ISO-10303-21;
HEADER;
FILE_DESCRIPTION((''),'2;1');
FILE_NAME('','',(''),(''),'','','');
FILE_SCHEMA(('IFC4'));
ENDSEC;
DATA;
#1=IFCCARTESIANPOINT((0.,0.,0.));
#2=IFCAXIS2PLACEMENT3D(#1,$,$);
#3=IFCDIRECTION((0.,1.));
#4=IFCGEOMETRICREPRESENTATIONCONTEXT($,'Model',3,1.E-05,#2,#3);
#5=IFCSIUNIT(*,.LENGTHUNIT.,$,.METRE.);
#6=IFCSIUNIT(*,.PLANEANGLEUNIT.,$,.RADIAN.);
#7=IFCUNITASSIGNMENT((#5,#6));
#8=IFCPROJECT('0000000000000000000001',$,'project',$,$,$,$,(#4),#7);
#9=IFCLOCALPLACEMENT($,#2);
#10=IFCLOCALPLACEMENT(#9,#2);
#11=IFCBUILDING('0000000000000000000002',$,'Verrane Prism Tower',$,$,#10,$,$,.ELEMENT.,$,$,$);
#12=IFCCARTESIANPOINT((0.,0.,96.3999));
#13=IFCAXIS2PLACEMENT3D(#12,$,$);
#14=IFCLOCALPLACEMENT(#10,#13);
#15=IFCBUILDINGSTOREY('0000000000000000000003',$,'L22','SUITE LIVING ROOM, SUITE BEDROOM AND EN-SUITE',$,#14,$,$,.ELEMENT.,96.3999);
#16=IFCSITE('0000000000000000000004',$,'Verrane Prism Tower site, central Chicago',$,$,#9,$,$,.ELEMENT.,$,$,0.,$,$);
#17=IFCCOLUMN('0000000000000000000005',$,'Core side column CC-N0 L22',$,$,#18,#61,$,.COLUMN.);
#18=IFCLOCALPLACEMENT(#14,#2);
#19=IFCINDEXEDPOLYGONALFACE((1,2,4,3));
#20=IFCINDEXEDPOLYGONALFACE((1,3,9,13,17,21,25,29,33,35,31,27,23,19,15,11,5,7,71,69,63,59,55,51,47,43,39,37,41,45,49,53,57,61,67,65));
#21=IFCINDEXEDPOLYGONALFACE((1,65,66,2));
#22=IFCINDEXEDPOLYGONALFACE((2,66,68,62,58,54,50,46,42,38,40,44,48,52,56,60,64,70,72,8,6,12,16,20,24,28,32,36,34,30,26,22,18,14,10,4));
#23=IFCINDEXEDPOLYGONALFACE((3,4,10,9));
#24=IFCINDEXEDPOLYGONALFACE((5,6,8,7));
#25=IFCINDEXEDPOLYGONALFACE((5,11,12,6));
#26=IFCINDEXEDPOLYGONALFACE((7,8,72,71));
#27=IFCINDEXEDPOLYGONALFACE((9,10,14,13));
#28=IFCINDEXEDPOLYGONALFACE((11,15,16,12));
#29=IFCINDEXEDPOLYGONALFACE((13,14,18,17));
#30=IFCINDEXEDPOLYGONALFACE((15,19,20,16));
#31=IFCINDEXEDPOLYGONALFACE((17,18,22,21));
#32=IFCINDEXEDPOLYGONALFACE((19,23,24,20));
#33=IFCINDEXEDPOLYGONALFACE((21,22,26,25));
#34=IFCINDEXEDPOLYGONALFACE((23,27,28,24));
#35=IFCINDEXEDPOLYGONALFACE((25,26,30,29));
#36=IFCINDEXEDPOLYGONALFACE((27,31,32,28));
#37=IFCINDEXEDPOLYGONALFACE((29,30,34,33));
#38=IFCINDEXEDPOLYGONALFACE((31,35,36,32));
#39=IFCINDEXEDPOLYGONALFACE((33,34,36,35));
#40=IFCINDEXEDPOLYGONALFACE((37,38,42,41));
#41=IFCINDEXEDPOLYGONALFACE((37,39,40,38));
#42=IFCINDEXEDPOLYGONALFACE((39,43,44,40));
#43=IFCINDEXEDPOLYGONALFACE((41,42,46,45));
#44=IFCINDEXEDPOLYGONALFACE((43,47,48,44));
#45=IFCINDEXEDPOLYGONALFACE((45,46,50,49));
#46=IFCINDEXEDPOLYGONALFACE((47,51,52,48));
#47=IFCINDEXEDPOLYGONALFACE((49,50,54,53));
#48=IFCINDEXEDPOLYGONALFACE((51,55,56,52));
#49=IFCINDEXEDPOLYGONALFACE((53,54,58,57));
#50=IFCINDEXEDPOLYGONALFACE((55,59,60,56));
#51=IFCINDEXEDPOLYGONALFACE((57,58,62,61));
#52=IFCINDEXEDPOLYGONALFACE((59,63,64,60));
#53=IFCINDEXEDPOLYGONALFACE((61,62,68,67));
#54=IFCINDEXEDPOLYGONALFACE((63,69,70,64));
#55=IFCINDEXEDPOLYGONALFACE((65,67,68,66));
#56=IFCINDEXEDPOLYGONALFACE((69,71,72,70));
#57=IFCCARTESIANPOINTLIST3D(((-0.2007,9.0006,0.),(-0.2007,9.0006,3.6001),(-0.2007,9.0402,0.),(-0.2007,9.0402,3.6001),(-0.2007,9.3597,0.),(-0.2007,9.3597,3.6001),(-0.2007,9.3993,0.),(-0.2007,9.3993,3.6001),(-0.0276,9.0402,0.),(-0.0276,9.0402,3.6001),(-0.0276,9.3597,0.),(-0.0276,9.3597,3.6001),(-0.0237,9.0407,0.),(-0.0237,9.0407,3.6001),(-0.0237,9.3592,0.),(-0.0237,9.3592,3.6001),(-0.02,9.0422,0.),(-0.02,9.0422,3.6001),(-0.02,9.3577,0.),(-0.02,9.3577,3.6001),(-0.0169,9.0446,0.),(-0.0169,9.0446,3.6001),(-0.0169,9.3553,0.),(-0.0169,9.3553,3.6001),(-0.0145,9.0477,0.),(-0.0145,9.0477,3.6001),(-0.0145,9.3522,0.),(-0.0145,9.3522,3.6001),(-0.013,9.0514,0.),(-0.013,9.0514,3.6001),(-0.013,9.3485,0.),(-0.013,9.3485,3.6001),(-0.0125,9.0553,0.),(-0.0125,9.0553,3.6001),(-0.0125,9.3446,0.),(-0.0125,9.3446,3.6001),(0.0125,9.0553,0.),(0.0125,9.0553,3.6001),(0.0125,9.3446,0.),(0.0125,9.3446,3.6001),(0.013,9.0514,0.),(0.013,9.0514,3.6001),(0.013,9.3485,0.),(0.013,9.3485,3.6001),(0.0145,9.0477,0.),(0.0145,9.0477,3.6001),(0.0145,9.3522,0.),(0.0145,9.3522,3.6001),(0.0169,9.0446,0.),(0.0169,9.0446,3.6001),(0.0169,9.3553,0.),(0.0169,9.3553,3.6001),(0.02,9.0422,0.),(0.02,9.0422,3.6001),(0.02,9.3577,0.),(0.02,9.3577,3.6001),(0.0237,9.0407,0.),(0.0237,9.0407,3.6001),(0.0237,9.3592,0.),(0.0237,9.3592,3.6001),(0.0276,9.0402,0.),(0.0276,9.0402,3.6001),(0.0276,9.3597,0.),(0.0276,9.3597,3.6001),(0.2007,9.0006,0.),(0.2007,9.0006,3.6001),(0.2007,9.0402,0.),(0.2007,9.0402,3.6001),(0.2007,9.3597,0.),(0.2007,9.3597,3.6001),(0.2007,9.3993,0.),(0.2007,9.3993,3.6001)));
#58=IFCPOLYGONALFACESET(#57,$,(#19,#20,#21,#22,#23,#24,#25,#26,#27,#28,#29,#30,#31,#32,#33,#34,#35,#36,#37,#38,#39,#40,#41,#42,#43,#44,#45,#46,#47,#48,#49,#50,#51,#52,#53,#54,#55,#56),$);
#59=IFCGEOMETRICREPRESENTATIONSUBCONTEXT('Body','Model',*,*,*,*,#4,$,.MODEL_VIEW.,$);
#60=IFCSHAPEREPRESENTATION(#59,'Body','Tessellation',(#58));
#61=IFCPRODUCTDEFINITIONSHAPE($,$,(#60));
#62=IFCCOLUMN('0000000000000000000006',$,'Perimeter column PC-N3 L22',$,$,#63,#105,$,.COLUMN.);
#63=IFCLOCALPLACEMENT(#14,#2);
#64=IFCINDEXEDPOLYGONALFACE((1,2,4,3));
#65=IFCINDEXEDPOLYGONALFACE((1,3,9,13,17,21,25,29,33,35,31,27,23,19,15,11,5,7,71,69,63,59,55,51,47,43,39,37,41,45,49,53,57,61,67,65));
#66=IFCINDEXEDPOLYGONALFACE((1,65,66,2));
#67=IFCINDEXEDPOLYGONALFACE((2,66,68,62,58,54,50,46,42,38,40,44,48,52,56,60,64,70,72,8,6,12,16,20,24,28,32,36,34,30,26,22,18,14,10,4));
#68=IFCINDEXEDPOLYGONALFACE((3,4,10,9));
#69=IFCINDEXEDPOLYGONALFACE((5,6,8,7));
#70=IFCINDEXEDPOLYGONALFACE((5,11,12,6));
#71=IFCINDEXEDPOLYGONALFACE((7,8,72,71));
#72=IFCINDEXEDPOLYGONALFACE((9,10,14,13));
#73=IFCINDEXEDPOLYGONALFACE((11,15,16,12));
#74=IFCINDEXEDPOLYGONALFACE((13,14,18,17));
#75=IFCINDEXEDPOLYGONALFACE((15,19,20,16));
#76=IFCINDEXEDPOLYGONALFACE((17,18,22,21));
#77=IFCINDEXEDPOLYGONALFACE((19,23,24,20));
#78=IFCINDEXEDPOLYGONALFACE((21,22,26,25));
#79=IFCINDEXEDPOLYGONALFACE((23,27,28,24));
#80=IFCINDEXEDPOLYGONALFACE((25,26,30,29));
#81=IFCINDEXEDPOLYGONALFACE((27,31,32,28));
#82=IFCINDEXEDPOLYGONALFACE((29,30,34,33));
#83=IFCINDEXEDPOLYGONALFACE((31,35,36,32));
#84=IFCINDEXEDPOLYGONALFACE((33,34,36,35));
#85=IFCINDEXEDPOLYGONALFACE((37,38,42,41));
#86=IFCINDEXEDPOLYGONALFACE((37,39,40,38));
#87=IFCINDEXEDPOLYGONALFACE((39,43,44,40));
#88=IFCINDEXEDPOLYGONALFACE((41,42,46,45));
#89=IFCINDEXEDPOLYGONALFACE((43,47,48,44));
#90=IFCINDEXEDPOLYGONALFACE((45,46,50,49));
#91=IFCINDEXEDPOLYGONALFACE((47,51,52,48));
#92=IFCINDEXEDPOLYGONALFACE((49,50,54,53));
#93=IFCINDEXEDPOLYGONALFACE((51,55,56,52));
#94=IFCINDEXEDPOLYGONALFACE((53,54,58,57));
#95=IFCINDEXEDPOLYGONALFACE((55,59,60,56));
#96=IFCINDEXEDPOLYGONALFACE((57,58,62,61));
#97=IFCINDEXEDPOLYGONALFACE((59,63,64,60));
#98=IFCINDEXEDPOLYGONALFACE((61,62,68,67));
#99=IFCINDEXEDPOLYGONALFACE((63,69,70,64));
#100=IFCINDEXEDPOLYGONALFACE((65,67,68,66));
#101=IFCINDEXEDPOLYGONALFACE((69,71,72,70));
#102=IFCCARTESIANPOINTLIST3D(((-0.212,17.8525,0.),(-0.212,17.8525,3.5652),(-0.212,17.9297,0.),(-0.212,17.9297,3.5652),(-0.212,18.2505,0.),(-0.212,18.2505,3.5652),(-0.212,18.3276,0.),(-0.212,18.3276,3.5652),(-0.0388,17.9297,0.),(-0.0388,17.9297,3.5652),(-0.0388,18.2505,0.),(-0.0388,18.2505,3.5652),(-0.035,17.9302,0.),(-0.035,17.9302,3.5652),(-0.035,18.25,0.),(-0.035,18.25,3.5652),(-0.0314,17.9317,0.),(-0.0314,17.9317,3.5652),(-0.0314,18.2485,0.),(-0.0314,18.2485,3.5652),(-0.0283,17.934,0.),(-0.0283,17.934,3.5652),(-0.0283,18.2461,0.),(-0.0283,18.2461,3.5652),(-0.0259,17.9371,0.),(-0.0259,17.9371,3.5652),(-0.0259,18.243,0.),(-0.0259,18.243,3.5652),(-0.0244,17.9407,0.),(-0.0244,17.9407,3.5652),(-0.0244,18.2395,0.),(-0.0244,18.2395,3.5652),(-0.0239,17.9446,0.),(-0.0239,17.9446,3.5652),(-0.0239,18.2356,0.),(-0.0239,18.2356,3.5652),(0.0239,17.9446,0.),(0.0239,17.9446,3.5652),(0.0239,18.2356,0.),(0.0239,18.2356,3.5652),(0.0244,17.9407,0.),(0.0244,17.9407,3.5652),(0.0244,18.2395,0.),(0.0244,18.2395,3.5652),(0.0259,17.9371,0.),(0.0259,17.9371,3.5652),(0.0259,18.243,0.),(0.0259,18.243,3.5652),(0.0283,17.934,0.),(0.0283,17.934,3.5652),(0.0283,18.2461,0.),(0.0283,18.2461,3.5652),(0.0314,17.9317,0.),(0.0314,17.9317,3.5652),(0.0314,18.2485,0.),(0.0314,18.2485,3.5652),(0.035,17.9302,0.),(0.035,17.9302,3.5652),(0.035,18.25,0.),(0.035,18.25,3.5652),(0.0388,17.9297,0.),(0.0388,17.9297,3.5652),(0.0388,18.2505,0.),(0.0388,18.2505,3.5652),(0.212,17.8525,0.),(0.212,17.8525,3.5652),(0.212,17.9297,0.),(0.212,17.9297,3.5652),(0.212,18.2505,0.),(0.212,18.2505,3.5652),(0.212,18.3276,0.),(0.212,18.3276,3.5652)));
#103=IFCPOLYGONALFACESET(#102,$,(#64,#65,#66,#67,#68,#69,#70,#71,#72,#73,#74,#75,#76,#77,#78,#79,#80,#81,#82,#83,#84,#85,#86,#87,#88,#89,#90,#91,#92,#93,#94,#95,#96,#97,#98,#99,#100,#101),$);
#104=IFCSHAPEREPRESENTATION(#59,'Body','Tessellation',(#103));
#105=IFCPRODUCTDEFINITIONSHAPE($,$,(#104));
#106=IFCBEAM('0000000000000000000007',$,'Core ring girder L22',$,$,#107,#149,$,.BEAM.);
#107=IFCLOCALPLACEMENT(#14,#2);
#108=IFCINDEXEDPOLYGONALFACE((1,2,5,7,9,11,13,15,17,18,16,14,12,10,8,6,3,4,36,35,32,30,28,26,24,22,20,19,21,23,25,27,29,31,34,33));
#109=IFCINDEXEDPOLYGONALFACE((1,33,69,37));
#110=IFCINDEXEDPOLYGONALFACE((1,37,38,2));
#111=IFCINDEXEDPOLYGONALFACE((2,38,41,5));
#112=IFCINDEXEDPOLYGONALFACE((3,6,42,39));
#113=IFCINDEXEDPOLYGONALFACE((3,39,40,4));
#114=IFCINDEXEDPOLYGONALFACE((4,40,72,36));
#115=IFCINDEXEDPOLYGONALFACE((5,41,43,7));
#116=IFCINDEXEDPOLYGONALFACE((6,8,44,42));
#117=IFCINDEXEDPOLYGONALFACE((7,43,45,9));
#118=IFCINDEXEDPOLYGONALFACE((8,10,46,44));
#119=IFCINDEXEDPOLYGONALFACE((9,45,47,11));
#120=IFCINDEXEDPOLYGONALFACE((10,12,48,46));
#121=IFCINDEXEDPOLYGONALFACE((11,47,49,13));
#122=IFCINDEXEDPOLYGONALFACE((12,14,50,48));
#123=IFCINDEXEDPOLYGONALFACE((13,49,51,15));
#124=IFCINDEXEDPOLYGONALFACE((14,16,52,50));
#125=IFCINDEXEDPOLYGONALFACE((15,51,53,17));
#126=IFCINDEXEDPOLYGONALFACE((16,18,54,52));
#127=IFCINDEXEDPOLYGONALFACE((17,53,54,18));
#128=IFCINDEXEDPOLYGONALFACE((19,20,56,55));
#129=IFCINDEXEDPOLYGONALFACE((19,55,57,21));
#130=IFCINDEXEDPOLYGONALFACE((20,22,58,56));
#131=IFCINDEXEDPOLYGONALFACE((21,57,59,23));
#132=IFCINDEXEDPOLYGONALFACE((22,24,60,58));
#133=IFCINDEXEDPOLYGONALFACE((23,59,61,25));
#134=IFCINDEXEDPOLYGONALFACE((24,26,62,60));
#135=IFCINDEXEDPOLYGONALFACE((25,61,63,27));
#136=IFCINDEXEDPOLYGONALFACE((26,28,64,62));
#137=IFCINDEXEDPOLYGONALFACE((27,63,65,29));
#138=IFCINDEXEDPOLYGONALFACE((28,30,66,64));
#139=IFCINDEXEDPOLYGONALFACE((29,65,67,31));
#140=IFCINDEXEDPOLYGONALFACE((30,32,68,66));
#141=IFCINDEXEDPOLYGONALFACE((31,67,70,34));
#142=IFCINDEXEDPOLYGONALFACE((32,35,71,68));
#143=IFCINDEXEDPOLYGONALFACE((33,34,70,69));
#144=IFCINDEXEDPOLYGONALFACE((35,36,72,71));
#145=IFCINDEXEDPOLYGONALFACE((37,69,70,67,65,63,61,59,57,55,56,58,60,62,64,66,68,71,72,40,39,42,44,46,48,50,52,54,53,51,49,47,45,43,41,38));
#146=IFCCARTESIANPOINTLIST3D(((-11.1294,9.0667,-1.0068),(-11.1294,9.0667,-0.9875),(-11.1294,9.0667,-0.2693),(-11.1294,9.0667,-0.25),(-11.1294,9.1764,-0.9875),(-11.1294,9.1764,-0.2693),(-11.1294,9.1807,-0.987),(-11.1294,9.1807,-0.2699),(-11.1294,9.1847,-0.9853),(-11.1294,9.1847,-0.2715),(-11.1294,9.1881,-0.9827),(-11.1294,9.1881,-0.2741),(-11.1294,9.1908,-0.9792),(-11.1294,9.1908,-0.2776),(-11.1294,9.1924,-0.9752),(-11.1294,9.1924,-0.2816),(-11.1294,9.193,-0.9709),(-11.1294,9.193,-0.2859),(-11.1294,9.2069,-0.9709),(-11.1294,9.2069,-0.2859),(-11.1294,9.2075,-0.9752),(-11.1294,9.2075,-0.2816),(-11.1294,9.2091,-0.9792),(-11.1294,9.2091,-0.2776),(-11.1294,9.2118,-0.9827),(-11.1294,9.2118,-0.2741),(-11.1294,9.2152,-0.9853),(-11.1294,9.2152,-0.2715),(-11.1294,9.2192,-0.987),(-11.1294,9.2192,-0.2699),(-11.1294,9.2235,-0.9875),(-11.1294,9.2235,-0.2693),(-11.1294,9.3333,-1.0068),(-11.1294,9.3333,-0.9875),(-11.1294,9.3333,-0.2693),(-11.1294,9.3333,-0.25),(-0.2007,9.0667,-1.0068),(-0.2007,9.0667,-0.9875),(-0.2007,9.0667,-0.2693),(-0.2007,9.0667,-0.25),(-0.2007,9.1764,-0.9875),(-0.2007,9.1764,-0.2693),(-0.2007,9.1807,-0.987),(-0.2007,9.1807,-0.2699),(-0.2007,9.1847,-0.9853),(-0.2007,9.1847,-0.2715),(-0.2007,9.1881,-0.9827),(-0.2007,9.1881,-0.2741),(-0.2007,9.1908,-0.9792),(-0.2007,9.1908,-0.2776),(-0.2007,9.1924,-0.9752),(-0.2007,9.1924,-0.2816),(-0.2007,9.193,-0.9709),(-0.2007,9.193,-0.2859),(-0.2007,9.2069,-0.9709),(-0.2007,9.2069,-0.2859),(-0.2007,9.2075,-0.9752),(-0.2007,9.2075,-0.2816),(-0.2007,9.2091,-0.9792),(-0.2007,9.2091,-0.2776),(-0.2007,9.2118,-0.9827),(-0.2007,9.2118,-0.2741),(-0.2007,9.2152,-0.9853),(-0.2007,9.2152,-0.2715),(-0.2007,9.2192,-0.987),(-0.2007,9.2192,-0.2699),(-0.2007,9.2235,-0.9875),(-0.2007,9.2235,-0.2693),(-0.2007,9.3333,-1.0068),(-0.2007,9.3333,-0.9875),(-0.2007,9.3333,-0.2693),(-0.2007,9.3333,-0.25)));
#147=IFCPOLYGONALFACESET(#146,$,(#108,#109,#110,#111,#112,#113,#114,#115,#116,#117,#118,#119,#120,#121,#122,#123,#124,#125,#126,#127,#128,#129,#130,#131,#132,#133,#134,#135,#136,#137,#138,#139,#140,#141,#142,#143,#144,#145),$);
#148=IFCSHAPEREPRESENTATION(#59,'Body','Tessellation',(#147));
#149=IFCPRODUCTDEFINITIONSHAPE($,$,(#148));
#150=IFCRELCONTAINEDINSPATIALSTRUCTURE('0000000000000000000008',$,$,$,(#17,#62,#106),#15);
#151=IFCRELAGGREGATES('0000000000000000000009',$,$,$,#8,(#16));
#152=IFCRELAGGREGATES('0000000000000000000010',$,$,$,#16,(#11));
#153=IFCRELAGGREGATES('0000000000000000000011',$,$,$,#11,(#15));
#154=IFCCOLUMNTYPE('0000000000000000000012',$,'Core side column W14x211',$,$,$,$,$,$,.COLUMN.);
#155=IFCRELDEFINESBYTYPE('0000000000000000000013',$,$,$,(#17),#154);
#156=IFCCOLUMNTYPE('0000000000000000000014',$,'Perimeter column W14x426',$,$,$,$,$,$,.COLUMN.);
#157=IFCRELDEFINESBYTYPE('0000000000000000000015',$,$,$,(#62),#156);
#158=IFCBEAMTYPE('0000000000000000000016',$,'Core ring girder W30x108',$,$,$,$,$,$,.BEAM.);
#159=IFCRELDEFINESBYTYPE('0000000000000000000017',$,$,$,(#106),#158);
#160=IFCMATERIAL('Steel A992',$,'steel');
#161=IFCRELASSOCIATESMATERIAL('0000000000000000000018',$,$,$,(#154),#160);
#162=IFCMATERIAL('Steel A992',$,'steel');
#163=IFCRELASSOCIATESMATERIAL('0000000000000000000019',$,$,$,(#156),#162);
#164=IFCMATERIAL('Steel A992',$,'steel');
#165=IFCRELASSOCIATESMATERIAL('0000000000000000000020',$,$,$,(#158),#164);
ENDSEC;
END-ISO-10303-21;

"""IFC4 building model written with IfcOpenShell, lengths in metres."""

from ifc_helpers import new_model, si_unit, direction, frame, origin, origin_2d, place, context, subcontext, project, spatial, i_section, extrude, material, material_profile, profile_set, type_object, element, save


model = new_model("IFC4")

# Units and contexts
model_context = context("Model", 3, precision=1e-05, world=origin(), true_north=direction((0.0, 1.0)))
body_context = subcontext(model_context, "Body", "Model", "MODEL_VIEW")
ifc_project = project(units=[si_unit("LENGTHUNIT", "METRE"), si_unit("PLANEANGLEUNIT", "RADIAN")], contexts=[model_context])

# Site, building, storey
site_placement = place(None, origin())
site = spatial("IfcSite", under=ifc_project, at=site_placement, Name="Verrane Prism Tower site, central Chicago", CompositionType="ELEMENT", RefElevation=0.0)
building_placement = place(site_placement, origin())
building = spatial("IfcBuilding", under=site, at=building_placement, Name="Verrane Prism Tower", CompositionType="ELEMENT")
storey_placement = place(building_placement, frame((0.0, 0.0, 96.3999)))
storey = spatial("IfcBuildingStorey", under=building, at=storey_placement, Name="L22", Description="SUITE LIVING ROOM, SUITE BEDROOM AND EN-SUITE", CompositionType="ELEMENT", Elevation=96.3999)

# Columns
ifc_material_1 = material(Name="Steel A992", Category="steel")
ifc_material_profile_1 = material_profile(ifc_material_1, i_section(OverallWidth=0.4014, OverallDepth=0.3987, WebThickness=0.0249, FlangeThickness=0.0396, FilletRadius=0.0151, at=origin_2d()), Name="W14x211")
ifc_profile_set_1 = profile_set([ifc_material_profile_1], Name="Steel A992")
column_type_1 = type_object("IfcColumnType", Name="Core side column W14x211", PredefinedType="COLUMN", material=ifc_profile_set_1)
column_1_placement = place(storey_placement, frame((0.0, 9.2, 0.0), z_axis=(0.0, 0.0, 1.0), x_axis=(1.0, 0.0, 0.0)))
element("IfcColumn", 1, at=column_1_placement, inside=storey, type_object=column_type_1, Name="Core side column CC-N0 L22", PredefinedType="COLUMN", context=body_context, shape_type="SweptSolid", body=[
    extrude(i_section(OverallWidth=0.4014, OverallDepth=0.3987, WebThickness=0.0249, FlangeThickness=0.0396, FilletRadius=0.0151, at=origin_2d()), origin(), (0.0, 0.0, 1.0), 3.6001),
])
ifc_material_2 = material(Name="Steel A992", Category="steel")
ifc_material_profile_2 = material_profile(ifc_material_2, i_section(OverallWidth=0.4241, OverallDepth=0.4751, WebThickness=0.0479, FlangeThickness=0.0771, FilletRadius=0.0149, at=origin_2d()), Name="W14x426")
ifc_profile_set_2 = profile_set([ifc_material_profile_2], Name="Steel A992")
column_type_2 = type_object("IfcColumnType", Name="Perimeter column W14x426", PredefinedType="COLUMN", material=ifc_profile_set_2)
column_2_placement = place(storey_placement, frame((0.0, 18.0901, 0.0), z_axis=(0.0, 0.0, 1.0), x_axis=(1.0, 0.0, 0.0)))
element("IfcColumn", 2, at=column_2_placement, inside=storey, type_object=column_type_2, Name="Perimeter column PC-N3 L22", PredefinedType="COLUMN", context=body_context, shape_type="SweptSolid", body=[
    extrude(i_section(OverallWidth=0.4241, OverallDepth=0.4751, WebThickness=0.0479, FlangeThickness=0.0771, FilletRadius=0.0149, at=origin_2d()), origin(), (0.0, 0.0, 1.0), 3.5652),
])

# Beam
ifc_material_3 = material(Name="Steel A992", Category="steel")
ifc_material_profile_3 = material_profile(ifc_material_3, i_section(OverallWidth=0.2666, OverallDepth=0.7568, WebThickness=0.0139, FlangeThickness=0.0193, FilletRadius=0.0166, at=origin_2d()), Name="W30x108")
ifc_profile_set_3 = profile_set([ifc_material_profile_3], Name="Steel A992")
beam_type_1 = type_object("IfcBeamType", Name="Core ring girder W30x108", PredefinedType="BEAM", material=ifc_profile_set_3)
beam_1_placement = place(storey_placement, frame((-0.2007, 9.2, -0.6284), z_axis=(-1.0, 0.0, 0.0), x_axis=(0.0, -1.0, 0.0)))
element("IfcBeam", 3, at=beam_1_placement, inside=storey, type_object=beam_type_1, Name="Core ring girder L22", PredefinedType="BEAM", context=body_context, shape_type="SweptSolid", body=[
    extrude(i_section(OverallWidth=0.2666, OverallDepth=0.7568, WebThickness=0.0139, FlangeThickness=0.0193, FilletRadius=0.0166, at=origin_2d()), origin(), (0.0, 0.0, 1.0), 10.9287),
])

save(model, "model.ifc")
